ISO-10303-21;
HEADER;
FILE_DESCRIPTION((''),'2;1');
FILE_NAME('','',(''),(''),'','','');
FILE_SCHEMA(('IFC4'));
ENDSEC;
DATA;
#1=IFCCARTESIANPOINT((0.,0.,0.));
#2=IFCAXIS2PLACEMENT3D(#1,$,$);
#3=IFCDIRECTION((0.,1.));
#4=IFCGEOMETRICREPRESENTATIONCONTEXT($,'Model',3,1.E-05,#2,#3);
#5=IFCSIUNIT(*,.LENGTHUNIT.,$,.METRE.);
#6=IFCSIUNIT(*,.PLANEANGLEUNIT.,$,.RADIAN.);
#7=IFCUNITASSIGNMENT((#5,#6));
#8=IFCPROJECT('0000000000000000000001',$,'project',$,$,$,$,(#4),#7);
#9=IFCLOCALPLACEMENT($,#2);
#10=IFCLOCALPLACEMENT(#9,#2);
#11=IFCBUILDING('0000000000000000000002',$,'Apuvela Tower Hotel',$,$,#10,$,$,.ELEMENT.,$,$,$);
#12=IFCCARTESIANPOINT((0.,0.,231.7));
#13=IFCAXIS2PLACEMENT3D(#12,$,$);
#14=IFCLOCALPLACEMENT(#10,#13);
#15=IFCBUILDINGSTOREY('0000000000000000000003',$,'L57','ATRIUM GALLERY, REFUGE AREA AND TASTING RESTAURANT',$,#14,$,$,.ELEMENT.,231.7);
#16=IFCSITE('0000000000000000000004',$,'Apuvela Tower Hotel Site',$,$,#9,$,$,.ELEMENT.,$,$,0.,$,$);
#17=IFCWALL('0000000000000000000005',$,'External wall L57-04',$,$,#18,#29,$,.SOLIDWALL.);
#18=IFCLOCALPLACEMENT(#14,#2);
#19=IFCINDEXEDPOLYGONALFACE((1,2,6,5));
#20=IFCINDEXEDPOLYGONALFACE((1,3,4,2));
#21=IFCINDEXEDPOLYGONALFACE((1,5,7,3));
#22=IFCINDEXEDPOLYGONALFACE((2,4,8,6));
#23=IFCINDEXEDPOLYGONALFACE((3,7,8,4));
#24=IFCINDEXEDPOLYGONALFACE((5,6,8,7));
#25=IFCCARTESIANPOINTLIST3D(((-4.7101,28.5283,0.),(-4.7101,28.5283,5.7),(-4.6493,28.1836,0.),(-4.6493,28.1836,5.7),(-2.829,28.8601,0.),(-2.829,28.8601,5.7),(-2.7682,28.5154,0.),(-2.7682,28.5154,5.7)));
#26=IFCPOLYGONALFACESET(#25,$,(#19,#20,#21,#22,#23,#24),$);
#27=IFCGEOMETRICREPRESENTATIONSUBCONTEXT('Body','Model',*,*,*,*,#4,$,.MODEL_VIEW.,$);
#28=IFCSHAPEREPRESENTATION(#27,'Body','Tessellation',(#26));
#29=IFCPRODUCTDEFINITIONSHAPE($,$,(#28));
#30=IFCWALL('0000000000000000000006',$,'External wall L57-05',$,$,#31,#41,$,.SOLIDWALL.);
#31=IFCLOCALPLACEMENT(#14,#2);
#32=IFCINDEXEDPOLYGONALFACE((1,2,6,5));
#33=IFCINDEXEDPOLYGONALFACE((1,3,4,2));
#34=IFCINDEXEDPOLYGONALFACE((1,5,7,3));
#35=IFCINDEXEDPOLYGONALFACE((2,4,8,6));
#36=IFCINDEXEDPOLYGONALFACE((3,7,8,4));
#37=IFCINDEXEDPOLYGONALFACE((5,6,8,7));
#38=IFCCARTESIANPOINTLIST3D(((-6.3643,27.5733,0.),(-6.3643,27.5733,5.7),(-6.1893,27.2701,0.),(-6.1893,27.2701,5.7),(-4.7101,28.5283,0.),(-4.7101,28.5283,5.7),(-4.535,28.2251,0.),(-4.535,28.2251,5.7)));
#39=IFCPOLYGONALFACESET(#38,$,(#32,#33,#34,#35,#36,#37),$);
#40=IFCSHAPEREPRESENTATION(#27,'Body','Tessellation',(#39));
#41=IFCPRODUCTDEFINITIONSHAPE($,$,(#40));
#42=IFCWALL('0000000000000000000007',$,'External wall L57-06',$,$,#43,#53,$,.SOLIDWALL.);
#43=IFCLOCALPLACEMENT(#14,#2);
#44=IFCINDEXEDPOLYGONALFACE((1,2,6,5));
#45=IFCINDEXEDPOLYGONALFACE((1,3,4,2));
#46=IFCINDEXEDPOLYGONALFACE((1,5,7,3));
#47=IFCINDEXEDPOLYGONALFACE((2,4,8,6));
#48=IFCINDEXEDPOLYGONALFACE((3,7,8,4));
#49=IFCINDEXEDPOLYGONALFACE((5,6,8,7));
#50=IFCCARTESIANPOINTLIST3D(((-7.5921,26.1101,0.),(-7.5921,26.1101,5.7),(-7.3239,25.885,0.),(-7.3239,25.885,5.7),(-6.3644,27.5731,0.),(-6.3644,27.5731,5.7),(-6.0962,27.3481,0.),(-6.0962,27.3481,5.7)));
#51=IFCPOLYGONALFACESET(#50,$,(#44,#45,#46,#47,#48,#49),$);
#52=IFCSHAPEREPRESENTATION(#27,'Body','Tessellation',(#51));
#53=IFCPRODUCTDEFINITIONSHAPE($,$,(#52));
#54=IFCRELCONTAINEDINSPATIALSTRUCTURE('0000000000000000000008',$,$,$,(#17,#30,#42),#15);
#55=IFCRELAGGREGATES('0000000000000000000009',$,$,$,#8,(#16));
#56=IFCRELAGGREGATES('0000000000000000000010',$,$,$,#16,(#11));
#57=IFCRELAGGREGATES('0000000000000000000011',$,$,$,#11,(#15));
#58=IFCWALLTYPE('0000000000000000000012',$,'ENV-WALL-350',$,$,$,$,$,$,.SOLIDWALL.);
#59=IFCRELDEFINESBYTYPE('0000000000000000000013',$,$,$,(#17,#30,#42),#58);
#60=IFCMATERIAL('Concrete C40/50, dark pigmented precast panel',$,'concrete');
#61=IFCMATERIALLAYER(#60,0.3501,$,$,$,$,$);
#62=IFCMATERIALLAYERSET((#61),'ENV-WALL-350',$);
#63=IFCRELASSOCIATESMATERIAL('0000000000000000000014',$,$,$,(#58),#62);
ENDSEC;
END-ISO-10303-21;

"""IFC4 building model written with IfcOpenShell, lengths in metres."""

from ifc_helpers import new_model, si_unit, direction, frame, frame_2d, origin, place, context, subcontext, project, spatial, rectangle, extrude, material, layer, layer_set, type_object, element, save


model = new_model("IFC4")

# Units and contexts
model_context = context("Model", 3, precision=1e-05, world=origin(), true_north=direction((0.0, 1.0)))
body_context = subcontext(model_context, "Body", "Model", "MODEL_VIEW")
ifc_project = project(units=[si_unit("LENGTHUNIT", "METRE"), si_unit("PLANEANGLEUNIT", "RADIAN")], contexts=[model_context])

# Site, building, storey
site_placement = place(None, origin())
site = spatial("IfcSite", under=ifc_project, at=site_placement, Name="Apuvela Tower Hotel Site", CompositionType="ELEMENT", RefElevation=0.0)
building_placement = place(site_placement, origin())
building = spatial("IfcBuilding", under=site, at=building_placement, Name="Apuvela Tower Hotel", CompositionType="ELEMENT")
storey_placement = place(building_placement, frame((0.0, 0.0, 231.7)))
storey = spatial("IfcBuildingStorey", under=building, at=storey_placement, Name="L57", Description="ATRIUM GALLERY, REFUGE AREA AND TASTING RESTAURANT", CompositionType="ELEMENT", Elevation=231.7)

# Walls
ifc_material_1 = material(Name="Concrete C40/50, dark pigmented precast panel", Category="concrete")
ifc_layer_1 = layer(ifc_material_1, 0.3501)
ifc_layer_set_1 = layer_set([ifc_layer_1], Name="ENV-WALL-350")
wall_type_1 = type_object("IfcWallType", Name="ENV-WALL-350", PredefinedType="SOLIDWALL", material=ifc_layer_set_1)
for number, where, z_axis, x_axis, name in (
    (1, (-2.7986, 28.6877, 0.0), (0.0, 0.0, 1.0), (-0.984799, -0.173698, 0.0), "External wall L57-04"),
    (2, (-4.6226, 28.3767, 0.0), (0.0, 0.0, 1.0), (-0.866032, -0.499988, 0.0), "External wall L57-05"),
):
    element("IfcWall", number, at=place(storey_placement, frame(where, z_axis=z_axis, x_axis=x_axis)), inside=storey, type_object=wall_type_1, Name=name, PredefinedType="SOLIDWALL", context=body_context, shape_type="SweptSolid", body=[
        extrude(rectangle(XDim=1.9102, YDim=0.3501, at=frame_2d((0.9551, 0.0))), origin(), (0.0, 0.0, 1.0), 5.7),
    ])
wall_1_placement = place(storey_placement, frame((-6.2302, 27.4607, 0.0), z_axis=(0.0, 0.0, 1.0), x_axis=(-0.642808, -0.766027, 0.0)))
element("IfcWall", 3, at=wall_1_placement, inside=storey, type_object=wall_type_1, Name="External wall L57-06", PredefinedType="SOLIDWALL", context=body_context, shape_type="SweptSolid", body=[
    extrude(rectangle(XDim=1.9099, YDim=0.3501, at=frame_2d((0.9551, 0.0))), origin(), (0.0, 0.0, 1.0), 5.7),
])

save(model, "model.ifc")
